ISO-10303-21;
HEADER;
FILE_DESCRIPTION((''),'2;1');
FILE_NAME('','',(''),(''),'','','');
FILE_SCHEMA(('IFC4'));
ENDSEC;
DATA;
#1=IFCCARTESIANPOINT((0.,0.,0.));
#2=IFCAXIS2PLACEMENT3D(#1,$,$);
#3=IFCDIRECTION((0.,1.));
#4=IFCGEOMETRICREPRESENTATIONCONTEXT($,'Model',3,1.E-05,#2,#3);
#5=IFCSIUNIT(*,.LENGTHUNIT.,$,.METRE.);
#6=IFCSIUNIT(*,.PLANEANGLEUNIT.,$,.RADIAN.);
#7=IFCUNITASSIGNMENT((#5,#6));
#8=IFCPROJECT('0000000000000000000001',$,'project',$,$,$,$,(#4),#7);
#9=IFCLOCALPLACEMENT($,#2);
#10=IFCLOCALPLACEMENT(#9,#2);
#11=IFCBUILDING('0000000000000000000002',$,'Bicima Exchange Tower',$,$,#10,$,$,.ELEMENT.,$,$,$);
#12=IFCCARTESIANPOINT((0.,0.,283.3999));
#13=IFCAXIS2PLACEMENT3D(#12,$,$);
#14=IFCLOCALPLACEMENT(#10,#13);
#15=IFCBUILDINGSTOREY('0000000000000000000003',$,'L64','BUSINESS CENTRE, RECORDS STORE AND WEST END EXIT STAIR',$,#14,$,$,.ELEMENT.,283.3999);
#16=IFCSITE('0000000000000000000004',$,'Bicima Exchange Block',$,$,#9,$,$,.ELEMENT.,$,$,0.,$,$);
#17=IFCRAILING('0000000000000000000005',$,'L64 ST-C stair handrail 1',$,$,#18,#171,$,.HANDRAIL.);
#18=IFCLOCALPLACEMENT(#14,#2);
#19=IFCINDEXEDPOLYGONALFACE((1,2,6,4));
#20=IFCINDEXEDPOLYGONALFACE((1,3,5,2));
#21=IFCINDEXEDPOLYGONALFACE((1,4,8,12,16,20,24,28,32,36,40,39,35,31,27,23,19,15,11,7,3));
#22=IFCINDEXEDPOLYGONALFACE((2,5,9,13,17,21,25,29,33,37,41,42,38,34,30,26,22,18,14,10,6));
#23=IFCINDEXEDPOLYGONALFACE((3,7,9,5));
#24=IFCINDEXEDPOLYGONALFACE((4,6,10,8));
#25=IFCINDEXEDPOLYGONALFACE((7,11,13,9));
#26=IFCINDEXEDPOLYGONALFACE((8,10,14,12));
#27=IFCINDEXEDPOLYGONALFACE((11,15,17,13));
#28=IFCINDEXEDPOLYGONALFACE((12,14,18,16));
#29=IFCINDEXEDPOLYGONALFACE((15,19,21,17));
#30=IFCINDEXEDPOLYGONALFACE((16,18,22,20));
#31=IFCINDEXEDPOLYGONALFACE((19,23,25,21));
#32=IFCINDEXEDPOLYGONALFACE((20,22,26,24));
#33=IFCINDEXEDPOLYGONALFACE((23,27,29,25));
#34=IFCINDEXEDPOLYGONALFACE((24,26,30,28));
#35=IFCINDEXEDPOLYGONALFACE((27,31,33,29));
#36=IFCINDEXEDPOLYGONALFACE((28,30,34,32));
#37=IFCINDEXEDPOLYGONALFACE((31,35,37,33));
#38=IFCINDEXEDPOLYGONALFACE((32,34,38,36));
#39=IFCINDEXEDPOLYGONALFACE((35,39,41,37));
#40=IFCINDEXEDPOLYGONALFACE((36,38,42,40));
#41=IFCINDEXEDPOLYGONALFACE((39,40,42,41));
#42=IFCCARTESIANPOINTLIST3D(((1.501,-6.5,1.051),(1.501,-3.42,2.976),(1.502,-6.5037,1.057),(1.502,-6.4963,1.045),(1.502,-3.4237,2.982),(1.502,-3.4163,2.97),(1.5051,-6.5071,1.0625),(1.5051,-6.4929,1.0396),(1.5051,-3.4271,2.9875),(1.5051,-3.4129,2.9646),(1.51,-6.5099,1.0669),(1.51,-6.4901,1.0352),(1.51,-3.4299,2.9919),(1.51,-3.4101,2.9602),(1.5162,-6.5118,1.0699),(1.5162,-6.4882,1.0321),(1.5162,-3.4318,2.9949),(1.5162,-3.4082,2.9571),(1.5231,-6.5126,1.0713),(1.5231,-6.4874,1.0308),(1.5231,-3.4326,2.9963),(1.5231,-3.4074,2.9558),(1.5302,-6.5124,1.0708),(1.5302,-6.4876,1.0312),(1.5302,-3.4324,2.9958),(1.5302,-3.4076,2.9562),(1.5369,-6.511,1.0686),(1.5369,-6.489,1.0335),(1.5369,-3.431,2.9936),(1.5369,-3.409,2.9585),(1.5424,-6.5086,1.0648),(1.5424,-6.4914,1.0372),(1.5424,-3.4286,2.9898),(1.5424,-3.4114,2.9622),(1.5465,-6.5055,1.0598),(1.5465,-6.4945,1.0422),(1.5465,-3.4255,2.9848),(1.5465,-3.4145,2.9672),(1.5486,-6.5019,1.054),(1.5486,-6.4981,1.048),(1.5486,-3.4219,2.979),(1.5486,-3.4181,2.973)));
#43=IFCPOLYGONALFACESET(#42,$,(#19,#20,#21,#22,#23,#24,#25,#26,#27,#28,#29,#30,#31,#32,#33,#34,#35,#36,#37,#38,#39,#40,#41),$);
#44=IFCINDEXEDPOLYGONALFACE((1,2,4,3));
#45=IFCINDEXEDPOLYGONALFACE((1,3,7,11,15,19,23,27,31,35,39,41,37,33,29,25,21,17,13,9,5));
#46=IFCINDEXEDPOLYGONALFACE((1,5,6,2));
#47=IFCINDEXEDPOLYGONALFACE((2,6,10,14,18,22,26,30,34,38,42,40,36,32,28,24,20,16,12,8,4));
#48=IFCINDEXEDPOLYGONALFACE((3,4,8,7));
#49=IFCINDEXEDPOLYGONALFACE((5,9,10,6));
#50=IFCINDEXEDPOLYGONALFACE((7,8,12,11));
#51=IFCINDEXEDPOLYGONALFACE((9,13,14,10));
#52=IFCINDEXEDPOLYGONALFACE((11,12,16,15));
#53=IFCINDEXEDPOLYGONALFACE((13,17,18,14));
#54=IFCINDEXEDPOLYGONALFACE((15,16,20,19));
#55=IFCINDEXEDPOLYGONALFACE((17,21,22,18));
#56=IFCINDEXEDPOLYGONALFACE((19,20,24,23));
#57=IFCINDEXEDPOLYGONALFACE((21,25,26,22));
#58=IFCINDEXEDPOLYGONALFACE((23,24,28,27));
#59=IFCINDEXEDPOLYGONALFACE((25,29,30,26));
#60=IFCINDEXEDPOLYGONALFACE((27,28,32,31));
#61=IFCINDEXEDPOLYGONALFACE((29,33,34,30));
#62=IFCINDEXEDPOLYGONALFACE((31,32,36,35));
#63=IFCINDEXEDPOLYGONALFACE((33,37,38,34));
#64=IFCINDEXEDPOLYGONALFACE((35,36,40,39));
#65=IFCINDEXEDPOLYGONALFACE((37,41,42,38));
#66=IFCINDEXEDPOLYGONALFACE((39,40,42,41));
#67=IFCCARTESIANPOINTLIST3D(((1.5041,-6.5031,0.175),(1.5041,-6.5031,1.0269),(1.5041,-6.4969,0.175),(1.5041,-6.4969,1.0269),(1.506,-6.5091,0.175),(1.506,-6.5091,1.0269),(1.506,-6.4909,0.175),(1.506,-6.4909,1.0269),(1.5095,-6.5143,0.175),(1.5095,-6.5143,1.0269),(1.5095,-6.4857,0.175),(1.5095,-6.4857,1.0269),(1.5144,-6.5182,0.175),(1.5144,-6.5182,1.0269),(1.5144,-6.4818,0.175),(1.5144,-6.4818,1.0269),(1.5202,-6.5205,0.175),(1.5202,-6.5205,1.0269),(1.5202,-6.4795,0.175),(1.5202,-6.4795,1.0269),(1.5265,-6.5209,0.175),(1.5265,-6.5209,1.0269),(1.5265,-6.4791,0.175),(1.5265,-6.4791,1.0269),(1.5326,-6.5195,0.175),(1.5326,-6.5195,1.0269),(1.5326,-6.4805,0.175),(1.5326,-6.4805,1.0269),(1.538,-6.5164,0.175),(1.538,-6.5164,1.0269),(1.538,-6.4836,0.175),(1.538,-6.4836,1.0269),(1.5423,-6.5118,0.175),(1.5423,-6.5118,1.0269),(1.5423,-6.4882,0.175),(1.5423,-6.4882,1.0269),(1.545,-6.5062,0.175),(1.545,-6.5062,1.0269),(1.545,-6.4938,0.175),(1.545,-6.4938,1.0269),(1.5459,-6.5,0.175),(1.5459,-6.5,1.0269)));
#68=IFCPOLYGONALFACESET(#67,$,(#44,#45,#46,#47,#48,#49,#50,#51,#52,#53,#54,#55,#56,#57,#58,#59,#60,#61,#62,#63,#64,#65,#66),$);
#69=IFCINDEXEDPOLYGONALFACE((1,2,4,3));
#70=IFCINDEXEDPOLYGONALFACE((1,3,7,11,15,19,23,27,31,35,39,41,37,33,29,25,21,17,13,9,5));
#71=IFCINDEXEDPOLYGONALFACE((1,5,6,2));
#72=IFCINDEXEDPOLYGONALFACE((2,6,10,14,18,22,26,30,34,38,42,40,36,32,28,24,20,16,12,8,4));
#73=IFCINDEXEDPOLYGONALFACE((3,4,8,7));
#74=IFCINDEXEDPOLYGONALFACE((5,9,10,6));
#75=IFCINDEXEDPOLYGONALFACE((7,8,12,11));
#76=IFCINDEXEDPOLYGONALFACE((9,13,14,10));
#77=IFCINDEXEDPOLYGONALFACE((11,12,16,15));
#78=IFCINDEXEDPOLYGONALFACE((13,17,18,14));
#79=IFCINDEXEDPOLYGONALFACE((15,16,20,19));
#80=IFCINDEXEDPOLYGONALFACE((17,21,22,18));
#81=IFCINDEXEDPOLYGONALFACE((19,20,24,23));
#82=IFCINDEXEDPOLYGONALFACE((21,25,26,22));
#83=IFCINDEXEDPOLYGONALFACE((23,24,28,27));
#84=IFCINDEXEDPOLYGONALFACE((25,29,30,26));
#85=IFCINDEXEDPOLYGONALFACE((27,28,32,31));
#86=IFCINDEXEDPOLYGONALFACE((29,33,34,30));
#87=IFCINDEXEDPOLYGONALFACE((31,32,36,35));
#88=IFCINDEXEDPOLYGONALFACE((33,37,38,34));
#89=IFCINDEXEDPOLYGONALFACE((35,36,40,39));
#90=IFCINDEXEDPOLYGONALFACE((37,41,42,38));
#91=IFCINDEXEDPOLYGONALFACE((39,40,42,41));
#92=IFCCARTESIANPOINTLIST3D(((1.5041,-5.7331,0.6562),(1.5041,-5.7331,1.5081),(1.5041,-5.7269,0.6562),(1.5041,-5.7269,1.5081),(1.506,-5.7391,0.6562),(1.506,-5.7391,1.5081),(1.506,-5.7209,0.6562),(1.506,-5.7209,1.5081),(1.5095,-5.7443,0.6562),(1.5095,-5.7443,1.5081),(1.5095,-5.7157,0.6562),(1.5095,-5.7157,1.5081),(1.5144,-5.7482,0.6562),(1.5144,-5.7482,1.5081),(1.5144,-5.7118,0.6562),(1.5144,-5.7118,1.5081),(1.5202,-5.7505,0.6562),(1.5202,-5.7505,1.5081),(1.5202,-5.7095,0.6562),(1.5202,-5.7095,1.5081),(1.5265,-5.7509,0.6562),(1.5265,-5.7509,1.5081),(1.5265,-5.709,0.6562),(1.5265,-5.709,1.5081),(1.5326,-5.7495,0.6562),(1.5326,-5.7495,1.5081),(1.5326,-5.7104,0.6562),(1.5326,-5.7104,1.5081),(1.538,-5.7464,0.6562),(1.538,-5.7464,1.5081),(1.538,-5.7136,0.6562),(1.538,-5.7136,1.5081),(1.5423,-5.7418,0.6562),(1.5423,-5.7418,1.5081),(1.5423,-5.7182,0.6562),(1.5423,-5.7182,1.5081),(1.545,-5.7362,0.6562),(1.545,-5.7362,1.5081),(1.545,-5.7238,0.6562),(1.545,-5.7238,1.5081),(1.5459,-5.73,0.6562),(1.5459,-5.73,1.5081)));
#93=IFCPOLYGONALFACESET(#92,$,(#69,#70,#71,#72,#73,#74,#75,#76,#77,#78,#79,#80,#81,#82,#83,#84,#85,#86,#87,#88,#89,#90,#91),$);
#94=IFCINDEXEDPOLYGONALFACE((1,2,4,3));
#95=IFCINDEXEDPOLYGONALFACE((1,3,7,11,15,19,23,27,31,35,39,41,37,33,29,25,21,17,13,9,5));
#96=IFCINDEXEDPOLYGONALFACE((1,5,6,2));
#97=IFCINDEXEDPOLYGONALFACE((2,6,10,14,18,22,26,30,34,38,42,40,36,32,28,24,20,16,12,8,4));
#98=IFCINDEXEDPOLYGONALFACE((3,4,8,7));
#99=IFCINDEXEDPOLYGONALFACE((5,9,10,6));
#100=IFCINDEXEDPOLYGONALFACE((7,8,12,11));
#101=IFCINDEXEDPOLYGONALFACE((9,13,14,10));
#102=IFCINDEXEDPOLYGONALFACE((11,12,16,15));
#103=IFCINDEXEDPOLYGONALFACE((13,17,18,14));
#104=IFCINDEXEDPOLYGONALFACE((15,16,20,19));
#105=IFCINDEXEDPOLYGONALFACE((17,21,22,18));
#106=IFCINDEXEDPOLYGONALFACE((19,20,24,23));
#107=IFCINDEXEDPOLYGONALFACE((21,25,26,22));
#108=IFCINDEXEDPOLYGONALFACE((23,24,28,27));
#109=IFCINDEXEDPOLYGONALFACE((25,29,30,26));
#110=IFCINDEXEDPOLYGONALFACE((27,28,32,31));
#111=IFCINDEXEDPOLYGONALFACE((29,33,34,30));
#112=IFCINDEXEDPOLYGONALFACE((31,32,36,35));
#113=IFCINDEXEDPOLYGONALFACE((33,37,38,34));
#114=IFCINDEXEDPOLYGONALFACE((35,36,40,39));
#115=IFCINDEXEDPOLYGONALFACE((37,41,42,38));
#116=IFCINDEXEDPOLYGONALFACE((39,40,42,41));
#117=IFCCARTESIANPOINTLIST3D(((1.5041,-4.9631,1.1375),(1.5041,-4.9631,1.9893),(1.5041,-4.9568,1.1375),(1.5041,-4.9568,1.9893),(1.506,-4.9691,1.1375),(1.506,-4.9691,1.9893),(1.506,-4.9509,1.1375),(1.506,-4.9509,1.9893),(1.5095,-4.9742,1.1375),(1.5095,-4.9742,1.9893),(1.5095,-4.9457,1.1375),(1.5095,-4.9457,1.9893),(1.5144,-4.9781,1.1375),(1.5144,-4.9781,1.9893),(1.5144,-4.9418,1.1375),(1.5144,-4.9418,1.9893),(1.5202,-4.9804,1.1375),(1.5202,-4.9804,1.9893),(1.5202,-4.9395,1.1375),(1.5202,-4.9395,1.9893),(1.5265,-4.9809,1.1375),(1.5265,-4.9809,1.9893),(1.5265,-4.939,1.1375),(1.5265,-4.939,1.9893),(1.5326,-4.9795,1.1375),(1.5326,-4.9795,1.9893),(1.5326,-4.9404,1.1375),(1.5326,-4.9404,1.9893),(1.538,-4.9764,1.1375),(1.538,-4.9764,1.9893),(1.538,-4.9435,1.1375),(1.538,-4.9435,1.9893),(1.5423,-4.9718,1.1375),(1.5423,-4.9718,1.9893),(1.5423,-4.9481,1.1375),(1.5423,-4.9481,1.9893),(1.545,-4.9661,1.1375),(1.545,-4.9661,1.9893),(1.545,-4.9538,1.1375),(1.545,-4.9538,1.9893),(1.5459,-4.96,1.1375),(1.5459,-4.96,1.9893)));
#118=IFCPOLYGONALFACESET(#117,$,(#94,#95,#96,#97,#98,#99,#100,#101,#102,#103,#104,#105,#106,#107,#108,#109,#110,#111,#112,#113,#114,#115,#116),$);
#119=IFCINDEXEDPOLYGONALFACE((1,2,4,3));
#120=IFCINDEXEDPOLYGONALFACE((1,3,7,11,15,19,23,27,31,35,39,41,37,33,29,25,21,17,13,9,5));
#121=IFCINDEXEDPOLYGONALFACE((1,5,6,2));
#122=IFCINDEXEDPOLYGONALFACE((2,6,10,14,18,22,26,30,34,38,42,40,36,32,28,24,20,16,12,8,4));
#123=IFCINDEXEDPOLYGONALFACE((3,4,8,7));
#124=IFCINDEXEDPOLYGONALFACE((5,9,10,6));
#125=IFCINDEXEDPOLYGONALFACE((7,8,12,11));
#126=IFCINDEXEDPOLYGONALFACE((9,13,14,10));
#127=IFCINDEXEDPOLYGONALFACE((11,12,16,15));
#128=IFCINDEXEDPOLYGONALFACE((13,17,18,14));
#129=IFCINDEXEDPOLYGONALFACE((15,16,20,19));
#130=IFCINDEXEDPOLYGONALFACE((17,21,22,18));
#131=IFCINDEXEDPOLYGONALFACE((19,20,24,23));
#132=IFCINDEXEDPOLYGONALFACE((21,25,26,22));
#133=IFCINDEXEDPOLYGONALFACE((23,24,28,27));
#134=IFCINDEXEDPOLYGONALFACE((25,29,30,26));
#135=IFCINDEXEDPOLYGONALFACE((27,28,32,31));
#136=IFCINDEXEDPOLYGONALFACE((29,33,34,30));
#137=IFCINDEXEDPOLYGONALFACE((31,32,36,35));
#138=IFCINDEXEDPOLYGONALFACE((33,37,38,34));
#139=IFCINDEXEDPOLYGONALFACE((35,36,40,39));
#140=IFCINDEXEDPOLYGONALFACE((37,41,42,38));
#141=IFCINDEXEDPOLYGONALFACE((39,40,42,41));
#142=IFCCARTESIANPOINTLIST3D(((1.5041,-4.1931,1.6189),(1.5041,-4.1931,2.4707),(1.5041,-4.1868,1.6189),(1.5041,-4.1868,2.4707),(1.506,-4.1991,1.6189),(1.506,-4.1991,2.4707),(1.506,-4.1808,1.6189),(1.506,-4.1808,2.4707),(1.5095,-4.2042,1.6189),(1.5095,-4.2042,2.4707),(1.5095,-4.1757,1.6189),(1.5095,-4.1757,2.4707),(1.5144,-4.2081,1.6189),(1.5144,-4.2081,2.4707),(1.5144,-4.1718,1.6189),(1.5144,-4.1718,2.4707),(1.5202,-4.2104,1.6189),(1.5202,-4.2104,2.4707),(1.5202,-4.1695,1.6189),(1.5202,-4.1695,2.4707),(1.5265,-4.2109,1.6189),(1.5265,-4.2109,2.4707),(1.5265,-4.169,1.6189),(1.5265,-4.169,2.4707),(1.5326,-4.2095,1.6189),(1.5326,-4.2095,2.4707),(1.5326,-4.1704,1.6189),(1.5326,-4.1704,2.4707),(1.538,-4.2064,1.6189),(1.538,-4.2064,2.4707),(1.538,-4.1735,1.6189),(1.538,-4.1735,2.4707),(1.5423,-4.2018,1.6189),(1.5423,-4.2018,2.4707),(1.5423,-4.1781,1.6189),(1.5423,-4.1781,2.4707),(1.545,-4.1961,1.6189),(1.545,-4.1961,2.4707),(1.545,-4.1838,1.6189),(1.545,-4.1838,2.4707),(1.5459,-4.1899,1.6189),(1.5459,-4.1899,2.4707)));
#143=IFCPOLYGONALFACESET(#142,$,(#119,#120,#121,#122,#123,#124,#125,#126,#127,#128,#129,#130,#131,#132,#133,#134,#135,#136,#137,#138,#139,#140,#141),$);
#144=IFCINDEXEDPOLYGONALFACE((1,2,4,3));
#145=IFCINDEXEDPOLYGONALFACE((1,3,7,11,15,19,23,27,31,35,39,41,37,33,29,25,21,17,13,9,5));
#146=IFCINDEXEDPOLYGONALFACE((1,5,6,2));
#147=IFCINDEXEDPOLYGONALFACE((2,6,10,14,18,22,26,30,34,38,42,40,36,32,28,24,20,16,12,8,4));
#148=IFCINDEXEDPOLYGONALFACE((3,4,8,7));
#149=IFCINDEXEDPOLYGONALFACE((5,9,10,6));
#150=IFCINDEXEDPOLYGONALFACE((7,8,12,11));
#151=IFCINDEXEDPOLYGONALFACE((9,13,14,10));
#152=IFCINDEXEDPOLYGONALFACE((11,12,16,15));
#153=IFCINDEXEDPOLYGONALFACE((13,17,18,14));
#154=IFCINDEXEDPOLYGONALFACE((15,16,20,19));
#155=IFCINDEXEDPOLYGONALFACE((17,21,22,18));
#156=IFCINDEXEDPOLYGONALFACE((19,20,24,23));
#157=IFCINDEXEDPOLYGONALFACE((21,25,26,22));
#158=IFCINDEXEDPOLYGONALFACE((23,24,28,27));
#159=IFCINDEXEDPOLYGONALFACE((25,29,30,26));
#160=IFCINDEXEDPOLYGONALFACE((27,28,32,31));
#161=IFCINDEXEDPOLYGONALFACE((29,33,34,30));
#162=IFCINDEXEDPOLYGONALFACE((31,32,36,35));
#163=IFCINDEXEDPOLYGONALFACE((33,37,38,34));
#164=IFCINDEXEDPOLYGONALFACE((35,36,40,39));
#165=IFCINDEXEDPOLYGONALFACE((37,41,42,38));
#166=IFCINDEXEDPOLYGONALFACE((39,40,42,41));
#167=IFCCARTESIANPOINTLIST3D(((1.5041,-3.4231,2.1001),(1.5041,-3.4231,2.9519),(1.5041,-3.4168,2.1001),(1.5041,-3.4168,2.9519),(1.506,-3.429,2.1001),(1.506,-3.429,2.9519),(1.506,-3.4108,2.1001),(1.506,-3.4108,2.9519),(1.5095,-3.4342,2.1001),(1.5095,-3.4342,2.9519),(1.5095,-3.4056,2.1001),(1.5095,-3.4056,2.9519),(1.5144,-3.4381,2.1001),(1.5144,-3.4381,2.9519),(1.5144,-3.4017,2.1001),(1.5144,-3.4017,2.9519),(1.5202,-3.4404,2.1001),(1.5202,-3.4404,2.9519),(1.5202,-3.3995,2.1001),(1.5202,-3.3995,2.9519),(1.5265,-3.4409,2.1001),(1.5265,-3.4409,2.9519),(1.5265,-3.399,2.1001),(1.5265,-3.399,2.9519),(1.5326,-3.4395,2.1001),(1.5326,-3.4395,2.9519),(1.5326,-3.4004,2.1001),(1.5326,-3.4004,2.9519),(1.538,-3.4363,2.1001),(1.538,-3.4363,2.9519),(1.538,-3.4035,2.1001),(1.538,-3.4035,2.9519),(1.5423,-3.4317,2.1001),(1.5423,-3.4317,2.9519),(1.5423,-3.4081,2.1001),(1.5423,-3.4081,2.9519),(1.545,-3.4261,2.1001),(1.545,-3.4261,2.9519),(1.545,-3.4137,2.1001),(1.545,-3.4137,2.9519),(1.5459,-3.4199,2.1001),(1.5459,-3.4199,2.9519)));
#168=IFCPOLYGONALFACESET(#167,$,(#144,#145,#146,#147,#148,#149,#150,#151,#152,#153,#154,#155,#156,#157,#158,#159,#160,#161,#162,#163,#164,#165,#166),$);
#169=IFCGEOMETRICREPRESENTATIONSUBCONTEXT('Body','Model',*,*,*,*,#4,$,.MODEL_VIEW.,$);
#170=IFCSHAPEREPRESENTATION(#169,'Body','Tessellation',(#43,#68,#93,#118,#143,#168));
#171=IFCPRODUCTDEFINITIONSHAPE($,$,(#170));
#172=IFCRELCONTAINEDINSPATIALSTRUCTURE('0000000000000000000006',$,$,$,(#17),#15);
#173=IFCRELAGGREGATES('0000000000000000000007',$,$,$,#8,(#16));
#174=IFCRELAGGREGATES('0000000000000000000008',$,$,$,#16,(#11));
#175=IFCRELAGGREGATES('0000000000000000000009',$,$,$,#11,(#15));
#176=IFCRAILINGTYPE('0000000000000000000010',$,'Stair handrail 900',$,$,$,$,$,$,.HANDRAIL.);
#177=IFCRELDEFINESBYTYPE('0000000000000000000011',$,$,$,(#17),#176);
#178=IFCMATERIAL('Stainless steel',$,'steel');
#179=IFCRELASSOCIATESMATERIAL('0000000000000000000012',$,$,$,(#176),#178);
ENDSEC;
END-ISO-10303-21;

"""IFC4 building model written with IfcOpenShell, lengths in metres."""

from ifc_helpers import new_model, si_unit, direction, frame, origin, origin_2d, place, context, subcontext, project, spatial, circle, extrude, material, type_object, element, save


model = new_model("IFC4")

# Units and contexts
model_context = context("Model", 3, precision=1e-05, world=origin(), true_north=direction((0.0, 1.0)))
body_context = subcontext(model_context, "Body", "Model", "MODEL_VIEW")
ifc_project = project(units=[si_unit("LENGTHUNIT", "METRE"), si_unit("PLANEANGLEUNIT", "RADIAN")], contexts=[model_context])

# Site, building, storey
site_placement = place(None, origin())
site = spatial("IfcSite", under=ifc_project, at=site_placement, Name="Bicima Exchange Block", CompositionType="ELEMENT", RefElevation=0.0)
building_placement = place(site_placement, origin())
building = spatial("IfcBuilding", under=site, at=building_placement, Name="Bicima Exchange Tower", CompositionType="ELEMENT")
storey_placement = place(building_placement, frame((0.0, 0.0, 283.3999)))
storey = spatial("IfcBuildingStorey", under=building, at=storey_placement, Name="L64", Description="BUSINESS CENTRE, RECORDS STORE AND WEST END EXIT STAIR", CompositionType="ELEMENT", Elevation=283.3999)

# Shared definitions
ifc_material_1 = material(Name="Stainless steel", Category="steel")

# Railing
railing_type_1 = type_object("IfcRailingType", Name="Stair handrail 900", PredefinedType="HANDRAIL", material=ifc_material_1)
railing_1_placement = place(storey_placement, frame((1.5249, -6.5, 0.175)))
element("IfcRailing", 1, at=railing_1_placement, inside=storey, type_object=railing_type_1, Name="L64 ST-C stair handrail 1", PredefinedType="HANDRAIL", context=body_context, shape_type="SweptSolid", body=[
    extrude(circle(Radius=0.0239, at=origin_2d()), frame((0.0, 0.0, 0.876), z_axis=(0.0, 0.847998, 0.529999), x_axis=(-1.0, 0.0, 0.0)), (0.0, 0.0, 1.0), 3.6321),
    extrude(circle(Radius=0.021, at=origin_2d()), origin(), (0.0, 0.0, 1.0), 0.8518),
    extrude(circle(Radius=0.021, at=origin_2d()), frame((0.0, 0.77, 0.4812)), (0.0, 0.0, 1.0), 0.8518),
    extrude(circle(Radius=0.021, at=origin_2d()), frame((0.0, 1.54, 0.9624)), (0.0, 0.0, 1.0), 0.8518),
    extrude(circle(Radius=0.021, at=origin_2d()), frame((0.0, 2.3101, 1.4438)), (0.0, 0.0, 1.0), 0.8518),
    extrude(circle(Radius=0.021, at=origin_2d()), frame((0.0, 3.0801, 1.925)), (0.0, 0.0, 1.0), 0.8518),
])

save(model, "model.ifc")
